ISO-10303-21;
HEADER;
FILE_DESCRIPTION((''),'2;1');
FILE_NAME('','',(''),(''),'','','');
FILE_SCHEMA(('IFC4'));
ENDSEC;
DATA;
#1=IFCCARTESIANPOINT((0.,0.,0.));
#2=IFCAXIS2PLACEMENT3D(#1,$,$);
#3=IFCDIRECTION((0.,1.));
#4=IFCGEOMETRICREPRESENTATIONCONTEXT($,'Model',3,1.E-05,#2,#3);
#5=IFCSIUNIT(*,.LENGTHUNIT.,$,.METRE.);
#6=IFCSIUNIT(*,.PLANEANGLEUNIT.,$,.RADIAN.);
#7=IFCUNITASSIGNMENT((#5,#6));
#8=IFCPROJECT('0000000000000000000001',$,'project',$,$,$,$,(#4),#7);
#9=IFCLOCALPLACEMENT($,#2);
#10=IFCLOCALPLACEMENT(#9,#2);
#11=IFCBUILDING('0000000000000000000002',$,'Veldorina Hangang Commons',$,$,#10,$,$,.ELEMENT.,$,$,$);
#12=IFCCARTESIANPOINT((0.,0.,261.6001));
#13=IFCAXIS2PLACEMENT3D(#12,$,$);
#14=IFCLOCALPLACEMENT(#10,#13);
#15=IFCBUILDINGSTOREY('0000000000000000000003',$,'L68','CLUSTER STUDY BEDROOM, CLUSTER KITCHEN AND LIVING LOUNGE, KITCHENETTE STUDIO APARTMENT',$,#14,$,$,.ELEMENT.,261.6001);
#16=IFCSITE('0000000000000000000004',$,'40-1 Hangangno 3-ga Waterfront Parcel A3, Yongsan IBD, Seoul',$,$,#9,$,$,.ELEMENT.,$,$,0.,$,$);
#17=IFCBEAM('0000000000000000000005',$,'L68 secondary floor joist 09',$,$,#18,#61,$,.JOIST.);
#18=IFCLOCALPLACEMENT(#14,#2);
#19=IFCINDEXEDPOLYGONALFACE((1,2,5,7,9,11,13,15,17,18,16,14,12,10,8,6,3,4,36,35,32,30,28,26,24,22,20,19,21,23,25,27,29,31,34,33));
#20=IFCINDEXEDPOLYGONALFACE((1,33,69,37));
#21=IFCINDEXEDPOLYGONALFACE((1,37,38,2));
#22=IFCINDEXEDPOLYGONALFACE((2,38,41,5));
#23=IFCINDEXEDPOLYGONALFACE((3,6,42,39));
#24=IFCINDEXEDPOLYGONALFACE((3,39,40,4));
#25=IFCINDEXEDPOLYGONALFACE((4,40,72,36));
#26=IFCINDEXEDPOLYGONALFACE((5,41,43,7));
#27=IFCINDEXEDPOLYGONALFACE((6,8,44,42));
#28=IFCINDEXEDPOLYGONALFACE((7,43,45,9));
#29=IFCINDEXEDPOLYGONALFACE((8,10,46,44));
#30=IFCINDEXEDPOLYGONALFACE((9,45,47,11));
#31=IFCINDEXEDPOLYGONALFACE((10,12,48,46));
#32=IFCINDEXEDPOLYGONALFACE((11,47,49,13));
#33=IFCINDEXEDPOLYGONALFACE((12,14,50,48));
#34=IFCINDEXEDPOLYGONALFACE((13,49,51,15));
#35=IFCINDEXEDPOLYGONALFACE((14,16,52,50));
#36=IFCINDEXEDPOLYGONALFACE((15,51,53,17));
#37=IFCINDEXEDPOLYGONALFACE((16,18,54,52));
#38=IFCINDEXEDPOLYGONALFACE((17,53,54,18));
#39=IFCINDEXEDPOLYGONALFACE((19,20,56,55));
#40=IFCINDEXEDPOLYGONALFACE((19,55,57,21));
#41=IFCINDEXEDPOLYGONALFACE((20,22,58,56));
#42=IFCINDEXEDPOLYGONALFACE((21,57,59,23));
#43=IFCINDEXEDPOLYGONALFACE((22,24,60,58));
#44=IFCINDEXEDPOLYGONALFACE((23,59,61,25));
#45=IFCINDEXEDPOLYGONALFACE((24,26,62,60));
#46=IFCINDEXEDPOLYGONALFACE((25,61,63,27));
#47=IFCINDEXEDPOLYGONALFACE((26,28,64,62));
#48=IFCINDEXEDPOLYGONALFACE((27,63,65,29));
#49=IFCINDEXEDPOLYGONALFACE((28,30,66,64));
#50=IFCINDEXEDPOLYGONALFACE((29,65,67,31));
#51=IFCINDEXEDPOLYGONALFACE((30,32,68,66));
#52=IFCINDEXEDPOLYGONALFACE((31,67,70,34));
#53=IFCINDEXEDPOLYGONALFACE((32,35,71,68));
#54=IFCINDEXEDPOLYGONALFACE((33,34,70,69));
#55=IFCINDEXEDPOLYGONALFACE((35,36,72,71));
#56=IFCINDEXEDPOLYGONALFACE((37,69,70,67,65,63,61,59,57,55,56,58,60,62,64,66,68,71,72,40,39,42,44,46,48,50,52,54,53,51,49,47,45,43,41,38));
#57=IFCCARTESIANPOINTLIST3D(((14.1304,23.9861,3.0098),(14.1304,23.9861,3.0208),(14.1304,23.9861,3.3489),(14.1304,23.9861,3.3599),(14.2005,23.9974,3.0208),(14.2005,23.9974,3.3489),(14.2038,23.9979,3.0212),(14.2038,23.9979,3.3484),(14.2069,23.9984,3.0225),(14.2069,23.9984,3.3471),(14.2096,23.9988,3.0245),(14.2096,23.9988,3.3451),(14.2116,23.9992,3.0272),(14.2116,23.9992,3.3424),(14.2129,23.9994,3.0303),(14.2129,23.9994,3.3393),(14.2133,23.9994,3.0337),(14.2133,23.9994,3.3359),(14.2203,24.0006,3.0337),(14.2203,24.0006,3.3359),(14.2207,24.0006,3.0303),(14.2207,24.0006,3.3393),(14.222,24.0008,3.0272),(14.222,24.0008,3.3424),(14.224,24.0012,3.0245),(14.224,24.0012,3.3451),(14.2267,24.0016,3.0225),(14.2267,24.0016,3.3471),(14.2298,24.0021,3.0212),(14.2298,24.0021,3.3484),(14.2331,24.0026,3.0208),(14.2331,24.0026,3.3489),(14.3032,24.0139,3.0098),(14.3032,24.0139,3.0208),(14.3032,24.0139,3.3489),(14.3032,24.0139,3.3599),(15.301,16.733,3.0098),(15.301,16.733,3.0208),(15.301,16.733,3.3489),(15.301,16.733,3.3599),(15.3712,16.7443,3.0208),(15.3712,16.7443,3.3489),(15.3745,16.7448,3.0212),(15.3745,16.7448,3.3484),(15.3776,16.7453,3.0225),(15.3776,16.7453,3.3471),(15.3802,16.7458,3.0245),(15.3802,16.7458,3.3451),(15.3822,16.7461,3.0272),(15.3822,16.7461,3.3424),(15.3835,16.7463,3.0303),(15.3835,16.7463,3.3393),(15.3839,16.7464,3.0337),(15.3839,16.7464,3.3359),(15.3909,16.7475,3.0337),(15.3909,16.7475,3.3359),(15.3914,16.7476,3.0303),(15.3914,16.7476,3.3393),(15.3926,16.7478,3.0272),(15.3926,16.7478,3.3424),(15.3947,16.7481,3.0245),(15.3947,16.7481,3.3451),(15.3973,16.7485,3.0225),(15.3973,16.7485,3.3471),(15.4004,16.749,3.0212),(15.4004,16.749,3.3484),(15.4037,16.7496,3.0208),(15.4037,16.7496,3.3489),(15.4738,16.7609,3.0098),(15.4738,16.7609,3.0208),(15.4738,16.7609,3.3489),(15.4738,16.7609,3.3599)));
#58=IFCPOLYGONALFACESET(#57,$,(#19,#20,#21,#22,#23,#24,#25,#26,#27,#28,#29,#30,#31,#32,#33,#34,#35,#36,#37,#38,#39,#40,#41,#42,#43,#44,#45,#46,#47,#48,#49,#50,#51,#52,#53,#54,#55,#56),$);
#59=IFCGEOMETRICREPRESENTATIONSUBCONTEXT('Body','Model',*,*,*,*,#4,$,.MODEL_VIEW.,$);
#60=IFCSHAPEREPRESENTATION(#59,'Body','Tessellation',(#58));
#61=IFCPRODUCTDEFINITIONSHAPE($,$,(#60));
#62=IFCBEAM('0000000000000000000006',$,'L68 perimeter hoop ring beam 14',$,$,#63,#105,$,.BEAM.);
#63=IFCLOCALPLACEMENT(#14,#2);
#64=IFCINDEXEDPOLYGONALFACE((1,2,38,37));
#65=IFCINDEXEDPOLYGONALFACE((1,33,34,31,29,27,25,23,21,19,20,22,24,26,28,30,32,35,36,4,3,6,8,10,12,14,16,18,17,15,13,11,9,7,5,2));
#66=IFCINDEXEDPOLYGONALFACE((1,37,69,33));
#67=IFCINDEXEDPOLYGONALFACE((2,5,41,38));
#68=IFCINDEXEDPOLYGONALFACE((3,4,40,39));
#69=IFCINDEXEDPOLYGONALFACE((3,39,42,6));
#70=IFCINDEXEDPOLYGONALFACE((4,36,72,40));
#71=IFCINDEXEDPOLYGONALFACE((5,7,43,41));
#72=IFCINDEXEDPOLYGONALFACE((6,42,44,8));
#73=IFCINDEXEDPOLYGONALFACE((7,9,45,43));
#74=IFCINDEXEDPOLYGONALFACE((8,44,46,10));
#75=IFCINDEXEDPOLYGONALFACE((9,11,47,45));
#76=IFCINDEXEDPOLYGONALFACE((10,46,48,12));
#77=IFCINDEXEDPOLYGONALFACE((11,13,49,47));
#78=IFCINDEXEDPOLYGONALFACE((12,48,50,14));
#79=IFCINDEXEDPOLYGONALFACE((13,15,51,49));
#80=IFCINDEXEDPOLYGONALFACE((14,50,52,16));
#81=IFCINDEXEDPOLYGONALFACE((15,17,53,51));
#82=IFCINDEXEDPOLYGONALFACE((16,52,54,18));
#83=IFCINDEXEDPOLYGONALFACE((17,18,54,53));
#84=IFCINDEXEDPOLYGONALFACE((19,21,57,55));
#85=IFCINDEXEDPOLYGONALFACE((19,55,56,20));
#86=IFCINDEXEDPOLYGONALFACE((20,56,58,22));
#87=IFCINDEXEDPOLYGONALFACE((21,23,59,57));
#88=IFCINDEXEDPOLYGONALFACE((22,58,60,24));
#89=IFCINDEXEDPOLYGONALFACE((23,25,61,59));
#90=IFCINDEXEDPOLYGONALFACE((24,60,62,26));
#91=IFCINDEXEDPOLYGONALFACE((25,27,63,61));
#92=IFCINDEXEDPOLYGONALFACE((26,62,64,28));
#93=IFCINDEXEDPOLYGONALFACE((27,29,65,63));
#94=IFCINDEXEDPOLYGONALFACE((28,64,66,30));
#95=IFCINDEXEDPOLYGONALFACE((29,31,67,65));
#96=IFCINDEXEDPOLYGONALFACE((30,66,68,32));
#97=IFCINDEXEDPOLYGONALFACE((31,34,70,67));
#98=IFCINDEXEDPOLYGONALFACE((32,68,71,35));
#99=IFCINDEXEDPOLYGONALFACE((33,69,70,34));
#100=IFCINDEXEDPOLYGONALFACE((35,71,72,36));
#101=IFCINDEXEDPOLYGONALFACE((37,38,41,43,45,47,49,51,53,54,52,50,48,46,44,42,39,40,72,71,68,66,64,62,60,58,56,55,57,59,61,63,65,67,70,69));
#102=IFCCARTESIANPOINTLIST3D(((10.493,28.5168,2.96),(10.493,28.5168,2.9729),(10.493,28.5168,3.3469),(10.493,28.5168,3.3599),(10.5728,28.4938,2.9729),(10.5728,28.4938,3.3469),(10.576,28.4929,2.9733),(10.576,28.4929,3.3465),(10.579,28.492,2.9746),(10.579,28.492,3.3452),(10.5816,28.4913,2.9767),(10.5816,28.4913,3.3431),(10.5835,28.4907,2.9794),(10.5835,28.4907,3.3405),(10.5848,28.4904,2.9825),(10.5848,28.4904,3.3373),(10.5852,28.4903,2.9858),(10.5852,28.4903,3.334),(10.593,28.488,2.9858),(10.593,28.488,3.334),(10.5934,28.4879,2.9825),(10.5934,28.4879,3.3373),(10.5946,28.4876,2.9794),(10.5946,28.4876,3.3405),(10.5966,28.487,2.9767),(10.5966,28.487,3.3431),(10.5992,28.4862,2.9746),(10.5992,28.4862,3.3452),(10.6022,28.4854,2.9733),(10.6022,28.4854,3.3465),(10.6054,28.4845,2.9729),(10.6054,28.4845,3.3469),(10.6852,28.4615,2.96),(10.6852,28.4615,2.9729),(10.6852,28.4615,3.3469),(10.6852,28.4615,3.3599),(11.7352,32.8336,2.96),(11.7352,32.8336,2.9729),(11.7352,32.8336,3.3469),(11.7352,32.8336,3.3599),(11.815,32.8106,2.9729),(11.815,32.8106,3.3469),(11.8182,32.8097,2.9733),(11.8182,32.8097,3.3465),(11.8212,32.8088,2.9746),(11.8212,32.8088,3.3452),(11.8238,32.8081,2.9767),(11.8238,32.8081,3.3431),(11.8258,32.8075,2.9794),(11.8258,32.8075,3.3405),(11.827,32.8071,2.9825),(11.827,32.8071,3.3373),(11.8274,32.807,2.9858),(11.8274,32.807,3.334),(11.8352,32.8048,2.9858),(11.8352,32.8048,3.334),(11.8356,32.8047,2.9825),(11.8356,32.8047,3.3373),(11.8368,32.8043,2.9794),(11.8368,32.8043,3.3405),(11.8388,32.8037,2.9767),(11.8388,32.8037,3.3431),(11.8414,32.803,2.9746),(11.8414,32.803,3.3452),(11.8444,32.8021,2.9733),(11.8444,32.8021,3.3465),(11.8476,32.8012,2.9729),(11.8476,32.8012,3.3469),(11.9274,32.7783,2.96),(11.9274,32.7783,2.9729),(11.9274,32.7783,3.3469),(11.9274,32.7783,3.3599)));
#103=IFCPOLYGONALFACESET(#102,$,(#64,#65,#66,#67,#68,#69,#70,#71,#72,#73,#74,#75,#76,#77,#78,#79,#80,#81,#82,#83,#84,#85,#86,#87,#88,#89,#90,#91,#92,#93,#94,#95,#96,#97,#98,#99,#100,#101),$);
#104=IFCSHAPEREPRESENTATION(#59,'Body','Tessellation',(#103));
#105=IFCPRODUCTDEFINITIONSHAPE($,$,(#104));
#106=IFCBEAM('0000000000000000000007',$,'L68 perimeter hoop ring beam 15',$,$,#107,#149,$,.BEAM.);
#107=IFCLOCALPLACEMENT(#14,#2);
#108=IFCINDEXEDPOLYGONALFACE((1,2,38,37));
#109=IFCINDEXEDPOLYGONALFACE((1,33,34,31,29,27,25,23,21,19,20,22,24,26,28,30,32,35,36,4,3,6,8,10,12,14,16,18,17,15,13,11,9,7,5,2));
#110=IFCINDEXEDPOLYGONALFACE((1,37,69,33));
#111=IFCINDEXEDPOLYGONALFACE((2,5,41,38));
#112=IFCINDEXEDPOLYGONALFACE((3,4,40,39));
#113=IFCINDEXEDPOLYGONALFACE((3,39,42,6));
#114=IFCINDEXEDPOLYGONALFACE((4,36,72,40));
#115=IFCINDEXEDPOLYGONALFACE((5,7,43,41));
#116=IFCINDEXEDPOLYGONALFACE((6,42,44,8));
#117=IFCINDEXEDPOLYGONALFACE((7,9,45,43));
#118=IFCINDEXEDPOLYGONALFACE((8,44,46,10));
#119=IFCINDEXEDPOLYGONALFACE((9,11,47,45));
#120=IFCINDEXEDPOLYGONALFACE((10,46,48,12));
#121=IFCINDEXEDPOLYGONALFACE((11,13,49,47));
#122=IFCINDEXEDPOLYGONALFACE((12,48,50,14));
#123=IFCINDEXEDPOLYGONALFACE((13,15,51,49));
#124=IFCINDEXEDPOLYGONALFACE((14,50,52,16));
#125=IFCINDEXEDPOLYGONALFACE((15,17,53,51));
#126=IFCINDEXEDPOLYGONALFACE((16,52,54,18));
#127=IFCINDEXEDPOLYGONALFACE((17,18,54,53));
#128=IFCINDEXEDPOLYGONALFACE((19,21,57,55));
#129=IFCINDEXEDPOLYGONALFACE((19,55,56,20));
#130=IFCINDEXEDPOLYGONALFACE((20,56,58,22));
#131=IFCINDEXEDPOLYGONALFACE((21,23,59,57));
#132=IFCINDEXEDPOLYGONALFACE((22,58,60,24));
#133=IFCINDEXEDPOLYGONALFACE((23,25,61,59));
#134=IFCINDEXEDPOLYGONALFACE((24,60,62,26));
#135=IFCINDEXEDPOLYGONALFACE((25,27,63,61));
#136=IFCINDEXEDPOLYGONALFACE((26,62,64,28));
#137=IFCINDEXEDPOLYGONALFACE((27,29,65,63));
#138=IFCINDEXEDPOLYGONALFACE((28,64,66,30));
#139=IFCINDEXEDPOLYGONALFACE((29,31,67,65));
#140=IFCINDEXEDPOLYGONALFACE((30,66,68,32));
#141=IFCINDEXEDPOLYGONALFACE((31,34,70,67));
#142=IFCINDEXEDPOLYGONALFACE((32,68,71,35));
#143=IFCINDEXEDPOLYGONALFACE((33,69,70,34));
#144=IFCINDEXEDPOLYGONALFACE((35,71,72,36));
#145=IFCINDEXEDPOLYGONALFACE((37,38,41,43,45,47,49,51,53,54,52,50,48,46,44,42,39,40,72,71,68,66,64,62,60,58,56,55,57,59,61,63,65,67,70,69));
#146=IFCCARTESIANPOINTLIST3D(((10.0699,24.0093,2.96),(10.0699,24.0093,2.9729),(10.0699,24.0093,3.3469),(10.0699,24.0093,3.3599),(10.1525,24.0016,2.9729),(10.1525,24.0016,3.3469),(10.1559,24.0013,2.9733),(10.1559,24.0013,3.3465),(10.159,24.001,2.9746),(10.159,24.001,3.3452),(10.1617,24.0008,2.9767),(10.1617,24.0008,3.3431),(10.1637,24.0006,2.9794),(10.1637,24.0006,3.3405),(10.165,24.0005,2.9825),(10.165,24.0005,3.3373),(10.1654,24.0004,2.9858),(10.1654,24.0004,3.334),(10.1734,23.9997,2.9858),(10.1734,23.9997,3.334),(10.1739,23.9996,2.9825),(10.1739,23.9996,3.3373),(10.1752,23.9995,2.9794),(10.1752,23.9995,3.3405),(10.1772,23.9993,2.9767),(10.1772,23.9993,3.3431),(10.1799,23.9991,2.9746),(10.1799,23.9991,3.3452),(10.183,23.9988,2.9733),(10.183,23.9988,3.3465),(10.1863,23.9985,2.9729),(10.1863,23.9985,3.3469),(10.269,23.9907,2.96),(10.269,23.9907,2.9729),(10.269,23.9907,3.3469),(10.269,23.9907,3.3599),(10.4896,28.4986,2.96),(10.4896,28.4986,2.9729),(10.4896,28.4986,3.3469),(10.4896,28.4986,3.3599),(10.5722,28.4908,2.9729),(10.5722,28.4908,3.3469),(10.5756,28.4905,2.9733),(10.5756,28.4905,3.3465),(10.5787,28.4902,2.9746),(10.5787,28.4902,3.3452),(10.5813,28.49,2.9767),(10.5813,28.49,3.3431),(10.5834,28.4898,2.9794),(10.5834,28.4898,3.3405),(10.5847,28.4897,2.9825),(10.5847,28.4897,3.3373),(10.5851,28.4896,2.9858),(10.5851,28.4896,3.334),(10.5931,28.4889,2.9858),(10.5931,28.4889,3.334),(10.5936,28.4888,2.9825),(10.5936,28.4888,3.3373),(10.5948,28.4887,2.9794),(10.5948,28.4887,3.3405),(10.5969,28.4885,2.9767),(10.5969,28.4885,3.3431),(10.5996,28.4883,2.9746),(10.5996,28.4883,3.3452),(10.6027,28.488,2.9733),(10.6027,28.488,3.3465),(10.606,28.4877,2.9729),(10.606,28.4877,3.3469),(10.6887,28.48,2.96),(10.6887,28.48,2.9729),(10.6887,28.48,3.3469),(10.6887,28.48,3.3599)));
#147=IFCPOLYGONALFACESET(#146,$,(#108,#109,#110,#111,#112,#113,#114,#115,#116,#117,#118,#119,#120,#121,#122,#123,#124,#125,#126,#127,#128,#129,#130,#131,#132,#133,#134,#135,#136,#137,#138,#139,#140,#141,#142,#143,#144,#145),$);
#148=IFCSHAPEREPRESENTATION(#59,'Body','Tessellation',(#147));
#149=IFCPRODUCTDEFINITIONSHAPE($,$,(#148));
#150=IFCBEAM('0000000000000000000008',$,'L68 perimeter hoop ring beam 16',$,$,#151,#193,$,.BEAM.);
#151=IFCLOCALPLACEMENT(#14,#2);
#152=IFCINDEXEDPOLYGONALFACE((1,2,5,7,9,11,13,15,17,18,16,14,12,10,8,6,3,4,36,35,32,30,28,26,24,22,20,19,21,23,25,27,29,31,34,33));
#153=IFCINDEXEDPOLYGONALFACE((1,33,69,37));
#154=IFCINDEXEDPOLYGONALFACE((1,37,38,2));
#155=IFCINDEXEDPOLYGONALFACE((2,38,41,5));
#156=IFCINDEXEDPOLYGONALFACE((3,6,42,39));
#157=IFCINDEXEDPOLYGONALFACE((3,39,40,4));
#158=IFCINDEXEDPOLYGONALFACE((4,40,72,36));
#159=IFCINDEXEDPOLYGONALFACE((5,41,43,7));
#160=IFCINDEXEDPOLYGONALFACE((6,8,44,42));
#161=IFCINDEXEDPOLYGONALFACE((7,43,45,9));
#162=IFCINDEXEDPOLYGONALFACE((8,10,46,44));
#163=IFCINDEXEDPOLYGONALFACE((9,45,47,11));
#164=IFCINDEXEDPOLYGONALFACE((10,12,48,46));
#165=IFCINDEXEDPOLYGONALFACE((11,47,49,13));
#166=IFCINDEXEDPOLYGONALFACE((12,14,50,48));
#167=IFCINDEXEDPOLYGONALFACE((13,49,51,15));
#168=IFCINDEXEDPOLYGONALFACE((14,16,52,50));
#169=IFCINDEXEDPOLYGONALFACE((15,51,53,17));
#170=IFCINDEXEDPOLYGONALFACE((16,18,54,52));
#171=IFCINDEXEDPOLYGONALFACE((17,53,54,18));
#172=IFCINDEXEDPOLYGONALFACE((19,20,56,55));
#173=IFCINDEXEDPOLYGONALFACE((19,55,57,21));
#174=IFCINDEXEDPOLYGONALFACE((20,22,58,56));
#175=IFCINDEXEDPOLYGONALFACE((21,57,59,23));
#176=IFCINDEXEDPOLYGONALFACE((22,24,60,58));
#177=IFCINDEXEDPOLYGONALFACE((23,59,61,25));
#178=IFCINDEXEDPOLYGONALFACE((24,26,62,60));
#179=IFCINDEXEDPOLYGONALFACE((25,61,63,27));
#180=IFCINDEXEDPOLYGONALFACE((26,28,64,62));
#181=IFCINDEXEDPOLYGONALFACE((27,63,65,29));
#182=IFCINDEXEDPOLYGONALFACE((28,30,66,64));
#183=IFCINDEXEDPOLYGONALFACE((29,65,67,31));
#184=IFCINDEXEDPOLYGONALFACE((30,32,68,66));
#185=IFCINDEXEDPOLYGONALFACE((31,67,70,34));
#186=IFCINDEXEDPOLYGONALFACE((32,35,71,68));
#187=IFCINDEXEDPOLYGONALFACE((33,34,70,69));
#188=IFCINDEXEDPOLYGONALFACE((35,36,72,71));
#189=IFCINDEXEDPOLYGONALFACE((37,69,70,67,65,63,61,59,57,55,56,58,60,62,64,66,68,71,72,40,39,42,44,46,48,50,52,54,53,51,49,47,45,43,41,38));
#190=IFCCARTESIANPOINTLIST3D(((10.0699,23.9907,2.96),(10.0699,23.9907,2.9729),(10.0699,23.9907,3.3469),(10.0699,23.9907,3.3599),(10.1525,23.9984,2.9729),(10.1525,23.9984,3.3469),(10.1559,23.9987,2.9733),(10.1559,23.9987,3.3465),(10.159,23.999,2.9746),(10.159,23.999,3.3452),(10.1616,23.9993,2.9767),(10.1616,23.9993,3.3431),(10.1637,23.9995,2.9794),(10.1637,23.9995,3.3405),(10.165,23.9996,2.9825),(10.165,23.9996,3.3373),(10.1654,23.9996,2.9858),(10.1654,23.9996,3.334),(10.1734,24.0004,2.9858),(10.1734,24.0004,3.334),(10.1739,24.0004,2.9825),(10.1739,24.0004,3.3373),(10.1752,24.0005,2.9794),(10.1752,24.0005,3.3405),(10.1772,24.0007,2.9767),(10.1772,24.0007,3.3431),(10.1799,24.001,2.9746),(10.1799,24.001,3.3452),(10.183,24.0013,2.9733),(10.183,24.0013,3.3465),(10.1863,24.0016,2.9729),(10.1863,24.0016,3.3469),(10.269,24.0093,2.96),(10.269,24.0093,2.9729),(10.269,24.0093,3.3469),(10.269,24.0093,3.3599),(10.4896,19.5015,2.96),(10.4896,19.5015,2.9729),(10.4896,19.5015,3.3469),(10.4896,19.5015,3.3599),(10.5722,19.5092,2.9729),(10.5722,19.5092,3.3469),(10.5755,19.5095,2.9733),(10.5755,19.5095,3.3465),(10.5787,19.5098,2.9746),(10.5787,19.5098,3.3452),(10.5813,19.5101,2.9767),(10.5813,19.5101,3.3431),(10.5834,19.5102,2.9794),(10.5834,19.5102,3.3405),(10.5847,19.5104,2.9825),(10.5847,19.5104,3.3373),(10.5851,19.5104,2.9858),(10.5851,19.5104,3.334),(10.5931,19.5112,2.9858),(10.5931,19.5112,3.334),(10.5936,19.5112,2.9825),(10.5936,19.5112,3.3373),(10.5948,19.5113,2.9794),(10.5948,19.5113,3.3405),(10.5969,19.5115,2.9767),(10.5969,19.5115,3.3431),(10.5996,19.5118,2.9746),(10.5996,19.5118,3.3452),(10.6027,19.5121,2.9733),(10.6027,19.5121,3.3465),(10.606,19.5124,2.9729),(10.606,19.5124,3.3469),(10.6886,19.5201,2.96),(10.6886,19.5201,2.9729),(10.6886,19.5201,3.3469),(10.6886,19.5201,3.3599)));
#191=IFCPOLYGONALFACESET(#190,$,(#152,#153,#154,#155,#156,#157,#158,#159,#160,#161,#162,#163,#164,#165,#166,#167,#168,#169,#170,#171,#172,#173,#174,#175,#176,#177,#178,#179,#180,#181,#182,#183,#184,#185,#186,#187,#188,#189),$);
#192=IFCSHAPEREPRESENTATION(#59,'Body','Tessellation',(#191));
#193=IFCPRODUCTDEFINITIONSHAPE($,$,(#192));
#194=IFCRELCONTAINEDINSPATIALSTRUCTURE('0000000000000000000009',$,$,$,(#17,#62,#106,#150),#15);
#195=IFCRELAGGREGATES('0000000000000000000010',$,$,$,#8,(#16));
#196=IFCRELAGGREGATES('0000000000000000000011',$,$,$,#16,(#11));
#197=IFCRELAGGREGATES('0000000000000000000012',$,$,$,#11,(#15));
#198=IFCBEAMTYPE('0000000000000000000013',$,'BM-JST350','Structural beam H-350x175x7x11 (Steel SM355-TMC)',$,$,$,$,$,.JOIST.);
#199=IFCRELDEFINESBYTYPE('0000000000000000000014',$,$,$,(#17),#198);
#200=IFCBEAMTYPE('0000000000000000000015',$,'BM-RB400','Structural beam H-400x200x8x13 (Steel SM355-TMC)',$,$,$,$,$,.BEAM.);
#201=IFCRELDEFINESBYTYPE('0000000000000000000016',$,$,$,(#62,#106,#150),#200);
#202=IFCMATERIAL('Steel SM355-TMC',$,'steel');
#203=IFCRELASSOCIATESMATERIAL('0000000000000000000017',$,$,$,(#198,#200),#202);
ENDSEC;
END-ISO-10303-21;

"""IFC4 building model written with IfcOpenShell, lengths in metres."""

from ifc_helpers import new_model, si_unit, direction, frame, origin, origin_2d, place, context, subcontext, project, spatial, i_section, extrude, material, material_profile, profile_set, type_object, element, save


model = new_model("IFC4")

# Units and contexts
model_context = context("Model", 3, precision=1e-05, world=origin(), true_north=direction((0.0, 1.0)))
body_context = subcontext(model_context, "Body", "Model", "MODEL_VIEW")
ifc_project = project(units=[si_unit("LENGTHUNIT", "METRE"), si_unit("PLANEANGLEUNIT", "RADIAN")], contexts=[model_context])

# Site, building, storey
site_placement = place(None, origin())
site = spatial("IfcSite", under=ifc_project, at=site_placement, Name="40-1 Hangangno 3-ga Waterfront Parcel A3, Yongsan IBD, Seoul", CompositionType="ELEMENT", RefElevation=0.0)
building_placement = place(site_placement, origin())
building = spatial("IfcBuilding", under=site, at=building_placement, Name="Veldorina Hangang Commons", CompositionType="ELEMENT")
storey_placement = place(building_placement, frame((0.0, 0.0, 261.6001)))
storey = spatial("IfcBuildingStorey", under=building, at=storey_placement, Name="L68", Description="CLUSTER STUDY BEDROOM, CLUSTER KITCHEN AND LIVING LOUNGE, KITCHENETTE STUDIO APARTMENT", CompositionType="ELEMENT", Elevation=261.6001)

# Beams
ifc_material_1 = material(Name="Steel SM355-TMC", Category="steel")
ifc_material_profile_1 = material_profile(ifc_material_1, i_section(OverallWidth=0.175, OverallDepth=0.3501, WebThickness=0.0071, FlangeThickness=0.011, FilletRadius=0.0129, at=origin_2d()), Name="H-350x175x7x11")
ifc_profile_set_1 = profile_set([ifc_material_profile_1], Name="Steel SM355-TMC")
beam_type_1 = type_object("IfcBeamType", Name="BM-JST350", Description="Structural beam H-350x175x7x11 (Steel SM355-TMC)", PredefinedType="JOIST", material=ifc_profile_set_1)
beam_1_placement = place(storey_placement, frame((14.2168, 24.0, 3.1848), z_axis=(0.159337, -0.987224, 0.0), x_axis=(0.987224, 0.159337, 0.0)))
element("IfcBeam", 1, at=beam_1_placement, inside=storey, type_object=beam_type_1, Name="L68 secondary floor joist 09", PredefinedType="JOIST", context=body_context, shape_type="SweptSolid", body=[
    extrude(i_section(OverallWidth=0.175, OverallDepth=0.3501, WebThickness=0.0071, FlangeThickness=0.011, FilletRadius=0.0129, at=origin_2d()), origin(), (0.0, 0.0, 1.0), 7.3469),
])
ifc_material_profile_2 = material_profile(ifc_material_1, i_section(OverallWidth=0.2, OverallDepth=0.3999, WebThickness=0.0081, FlangeThickness=0.0129, FilletRadius=0.0129, at=origin_2d()), Name="H-400x200x8x13")
ifc_profile_set_2 = profile_set([ifc_material_profile_2], Name="Steel SM355-TMC")
beam_type_2 = type_object("IfcBeamType", Name="BM-RB400", Description="Structural beam H-400x200x8x13 (Steel SM355-TMC)", PredefinedType="BEAM", material=ifc_profile_set_2)
beam_2_placement = place(storey_placement, frame((11.8313, 32.8059, 3.1599), z_axis=(-0.276544, -0.961001, 0.0), x_axis=(0.961001, -0.276544, 0.0)))
element("IfcBeam", 2, at=beam_2_placement, inside=storey, type_object=beam_type_2, Name="L68 perimeter hoop ring beam 14", PredefinedType="BEAM", context=body_context, shape_type="SweptSolid", body=[
    extrude(i_section(OverallWidth=0.2, OverallDepth=0.3999, WebThickness=0.0081, FlangeThickness=0.0129, FilletRadius=0.0129, at=origin_2d()), origin(), (0.0, 0.0, 1.0), 4.4919),
])
for number, where, z_axis, x_axis, name in (
    (3, (10.5891, 28.4893, 3.1599), (-0.093079, -0.995659, 0.0), (0.995659, -0.093079, 0.0), "L68 perimeter hoop ring beam 15"),
    (4, (10.1694, 24.0, 3.1599), (0.093079, -0.995659, 0.0), (0.995659, 0.093079, 0.0), "L68 perimeter hoop ring beam 16"),
):
    element("IfcBeam", number, at=place(storey_placement, frame(where, z_axis=z_axis, x_axis=x_axis)), inside=storey, type_object=beam_type_2, Name=name, PredefinedType="BEAM", context=body_context, shape_type="SweptSolid", body=[
        extrude(i_section(OverallWidth=0.2, OverallDepth=0.3999, WebThickness=0.0081, FlangeThickness=0.0129, FilletRadius=0.0129, at=origin_2d()), origin(), (0.0, 0.0, 1.0), 4.5088),
    ])

save(model, "model.ifc")
